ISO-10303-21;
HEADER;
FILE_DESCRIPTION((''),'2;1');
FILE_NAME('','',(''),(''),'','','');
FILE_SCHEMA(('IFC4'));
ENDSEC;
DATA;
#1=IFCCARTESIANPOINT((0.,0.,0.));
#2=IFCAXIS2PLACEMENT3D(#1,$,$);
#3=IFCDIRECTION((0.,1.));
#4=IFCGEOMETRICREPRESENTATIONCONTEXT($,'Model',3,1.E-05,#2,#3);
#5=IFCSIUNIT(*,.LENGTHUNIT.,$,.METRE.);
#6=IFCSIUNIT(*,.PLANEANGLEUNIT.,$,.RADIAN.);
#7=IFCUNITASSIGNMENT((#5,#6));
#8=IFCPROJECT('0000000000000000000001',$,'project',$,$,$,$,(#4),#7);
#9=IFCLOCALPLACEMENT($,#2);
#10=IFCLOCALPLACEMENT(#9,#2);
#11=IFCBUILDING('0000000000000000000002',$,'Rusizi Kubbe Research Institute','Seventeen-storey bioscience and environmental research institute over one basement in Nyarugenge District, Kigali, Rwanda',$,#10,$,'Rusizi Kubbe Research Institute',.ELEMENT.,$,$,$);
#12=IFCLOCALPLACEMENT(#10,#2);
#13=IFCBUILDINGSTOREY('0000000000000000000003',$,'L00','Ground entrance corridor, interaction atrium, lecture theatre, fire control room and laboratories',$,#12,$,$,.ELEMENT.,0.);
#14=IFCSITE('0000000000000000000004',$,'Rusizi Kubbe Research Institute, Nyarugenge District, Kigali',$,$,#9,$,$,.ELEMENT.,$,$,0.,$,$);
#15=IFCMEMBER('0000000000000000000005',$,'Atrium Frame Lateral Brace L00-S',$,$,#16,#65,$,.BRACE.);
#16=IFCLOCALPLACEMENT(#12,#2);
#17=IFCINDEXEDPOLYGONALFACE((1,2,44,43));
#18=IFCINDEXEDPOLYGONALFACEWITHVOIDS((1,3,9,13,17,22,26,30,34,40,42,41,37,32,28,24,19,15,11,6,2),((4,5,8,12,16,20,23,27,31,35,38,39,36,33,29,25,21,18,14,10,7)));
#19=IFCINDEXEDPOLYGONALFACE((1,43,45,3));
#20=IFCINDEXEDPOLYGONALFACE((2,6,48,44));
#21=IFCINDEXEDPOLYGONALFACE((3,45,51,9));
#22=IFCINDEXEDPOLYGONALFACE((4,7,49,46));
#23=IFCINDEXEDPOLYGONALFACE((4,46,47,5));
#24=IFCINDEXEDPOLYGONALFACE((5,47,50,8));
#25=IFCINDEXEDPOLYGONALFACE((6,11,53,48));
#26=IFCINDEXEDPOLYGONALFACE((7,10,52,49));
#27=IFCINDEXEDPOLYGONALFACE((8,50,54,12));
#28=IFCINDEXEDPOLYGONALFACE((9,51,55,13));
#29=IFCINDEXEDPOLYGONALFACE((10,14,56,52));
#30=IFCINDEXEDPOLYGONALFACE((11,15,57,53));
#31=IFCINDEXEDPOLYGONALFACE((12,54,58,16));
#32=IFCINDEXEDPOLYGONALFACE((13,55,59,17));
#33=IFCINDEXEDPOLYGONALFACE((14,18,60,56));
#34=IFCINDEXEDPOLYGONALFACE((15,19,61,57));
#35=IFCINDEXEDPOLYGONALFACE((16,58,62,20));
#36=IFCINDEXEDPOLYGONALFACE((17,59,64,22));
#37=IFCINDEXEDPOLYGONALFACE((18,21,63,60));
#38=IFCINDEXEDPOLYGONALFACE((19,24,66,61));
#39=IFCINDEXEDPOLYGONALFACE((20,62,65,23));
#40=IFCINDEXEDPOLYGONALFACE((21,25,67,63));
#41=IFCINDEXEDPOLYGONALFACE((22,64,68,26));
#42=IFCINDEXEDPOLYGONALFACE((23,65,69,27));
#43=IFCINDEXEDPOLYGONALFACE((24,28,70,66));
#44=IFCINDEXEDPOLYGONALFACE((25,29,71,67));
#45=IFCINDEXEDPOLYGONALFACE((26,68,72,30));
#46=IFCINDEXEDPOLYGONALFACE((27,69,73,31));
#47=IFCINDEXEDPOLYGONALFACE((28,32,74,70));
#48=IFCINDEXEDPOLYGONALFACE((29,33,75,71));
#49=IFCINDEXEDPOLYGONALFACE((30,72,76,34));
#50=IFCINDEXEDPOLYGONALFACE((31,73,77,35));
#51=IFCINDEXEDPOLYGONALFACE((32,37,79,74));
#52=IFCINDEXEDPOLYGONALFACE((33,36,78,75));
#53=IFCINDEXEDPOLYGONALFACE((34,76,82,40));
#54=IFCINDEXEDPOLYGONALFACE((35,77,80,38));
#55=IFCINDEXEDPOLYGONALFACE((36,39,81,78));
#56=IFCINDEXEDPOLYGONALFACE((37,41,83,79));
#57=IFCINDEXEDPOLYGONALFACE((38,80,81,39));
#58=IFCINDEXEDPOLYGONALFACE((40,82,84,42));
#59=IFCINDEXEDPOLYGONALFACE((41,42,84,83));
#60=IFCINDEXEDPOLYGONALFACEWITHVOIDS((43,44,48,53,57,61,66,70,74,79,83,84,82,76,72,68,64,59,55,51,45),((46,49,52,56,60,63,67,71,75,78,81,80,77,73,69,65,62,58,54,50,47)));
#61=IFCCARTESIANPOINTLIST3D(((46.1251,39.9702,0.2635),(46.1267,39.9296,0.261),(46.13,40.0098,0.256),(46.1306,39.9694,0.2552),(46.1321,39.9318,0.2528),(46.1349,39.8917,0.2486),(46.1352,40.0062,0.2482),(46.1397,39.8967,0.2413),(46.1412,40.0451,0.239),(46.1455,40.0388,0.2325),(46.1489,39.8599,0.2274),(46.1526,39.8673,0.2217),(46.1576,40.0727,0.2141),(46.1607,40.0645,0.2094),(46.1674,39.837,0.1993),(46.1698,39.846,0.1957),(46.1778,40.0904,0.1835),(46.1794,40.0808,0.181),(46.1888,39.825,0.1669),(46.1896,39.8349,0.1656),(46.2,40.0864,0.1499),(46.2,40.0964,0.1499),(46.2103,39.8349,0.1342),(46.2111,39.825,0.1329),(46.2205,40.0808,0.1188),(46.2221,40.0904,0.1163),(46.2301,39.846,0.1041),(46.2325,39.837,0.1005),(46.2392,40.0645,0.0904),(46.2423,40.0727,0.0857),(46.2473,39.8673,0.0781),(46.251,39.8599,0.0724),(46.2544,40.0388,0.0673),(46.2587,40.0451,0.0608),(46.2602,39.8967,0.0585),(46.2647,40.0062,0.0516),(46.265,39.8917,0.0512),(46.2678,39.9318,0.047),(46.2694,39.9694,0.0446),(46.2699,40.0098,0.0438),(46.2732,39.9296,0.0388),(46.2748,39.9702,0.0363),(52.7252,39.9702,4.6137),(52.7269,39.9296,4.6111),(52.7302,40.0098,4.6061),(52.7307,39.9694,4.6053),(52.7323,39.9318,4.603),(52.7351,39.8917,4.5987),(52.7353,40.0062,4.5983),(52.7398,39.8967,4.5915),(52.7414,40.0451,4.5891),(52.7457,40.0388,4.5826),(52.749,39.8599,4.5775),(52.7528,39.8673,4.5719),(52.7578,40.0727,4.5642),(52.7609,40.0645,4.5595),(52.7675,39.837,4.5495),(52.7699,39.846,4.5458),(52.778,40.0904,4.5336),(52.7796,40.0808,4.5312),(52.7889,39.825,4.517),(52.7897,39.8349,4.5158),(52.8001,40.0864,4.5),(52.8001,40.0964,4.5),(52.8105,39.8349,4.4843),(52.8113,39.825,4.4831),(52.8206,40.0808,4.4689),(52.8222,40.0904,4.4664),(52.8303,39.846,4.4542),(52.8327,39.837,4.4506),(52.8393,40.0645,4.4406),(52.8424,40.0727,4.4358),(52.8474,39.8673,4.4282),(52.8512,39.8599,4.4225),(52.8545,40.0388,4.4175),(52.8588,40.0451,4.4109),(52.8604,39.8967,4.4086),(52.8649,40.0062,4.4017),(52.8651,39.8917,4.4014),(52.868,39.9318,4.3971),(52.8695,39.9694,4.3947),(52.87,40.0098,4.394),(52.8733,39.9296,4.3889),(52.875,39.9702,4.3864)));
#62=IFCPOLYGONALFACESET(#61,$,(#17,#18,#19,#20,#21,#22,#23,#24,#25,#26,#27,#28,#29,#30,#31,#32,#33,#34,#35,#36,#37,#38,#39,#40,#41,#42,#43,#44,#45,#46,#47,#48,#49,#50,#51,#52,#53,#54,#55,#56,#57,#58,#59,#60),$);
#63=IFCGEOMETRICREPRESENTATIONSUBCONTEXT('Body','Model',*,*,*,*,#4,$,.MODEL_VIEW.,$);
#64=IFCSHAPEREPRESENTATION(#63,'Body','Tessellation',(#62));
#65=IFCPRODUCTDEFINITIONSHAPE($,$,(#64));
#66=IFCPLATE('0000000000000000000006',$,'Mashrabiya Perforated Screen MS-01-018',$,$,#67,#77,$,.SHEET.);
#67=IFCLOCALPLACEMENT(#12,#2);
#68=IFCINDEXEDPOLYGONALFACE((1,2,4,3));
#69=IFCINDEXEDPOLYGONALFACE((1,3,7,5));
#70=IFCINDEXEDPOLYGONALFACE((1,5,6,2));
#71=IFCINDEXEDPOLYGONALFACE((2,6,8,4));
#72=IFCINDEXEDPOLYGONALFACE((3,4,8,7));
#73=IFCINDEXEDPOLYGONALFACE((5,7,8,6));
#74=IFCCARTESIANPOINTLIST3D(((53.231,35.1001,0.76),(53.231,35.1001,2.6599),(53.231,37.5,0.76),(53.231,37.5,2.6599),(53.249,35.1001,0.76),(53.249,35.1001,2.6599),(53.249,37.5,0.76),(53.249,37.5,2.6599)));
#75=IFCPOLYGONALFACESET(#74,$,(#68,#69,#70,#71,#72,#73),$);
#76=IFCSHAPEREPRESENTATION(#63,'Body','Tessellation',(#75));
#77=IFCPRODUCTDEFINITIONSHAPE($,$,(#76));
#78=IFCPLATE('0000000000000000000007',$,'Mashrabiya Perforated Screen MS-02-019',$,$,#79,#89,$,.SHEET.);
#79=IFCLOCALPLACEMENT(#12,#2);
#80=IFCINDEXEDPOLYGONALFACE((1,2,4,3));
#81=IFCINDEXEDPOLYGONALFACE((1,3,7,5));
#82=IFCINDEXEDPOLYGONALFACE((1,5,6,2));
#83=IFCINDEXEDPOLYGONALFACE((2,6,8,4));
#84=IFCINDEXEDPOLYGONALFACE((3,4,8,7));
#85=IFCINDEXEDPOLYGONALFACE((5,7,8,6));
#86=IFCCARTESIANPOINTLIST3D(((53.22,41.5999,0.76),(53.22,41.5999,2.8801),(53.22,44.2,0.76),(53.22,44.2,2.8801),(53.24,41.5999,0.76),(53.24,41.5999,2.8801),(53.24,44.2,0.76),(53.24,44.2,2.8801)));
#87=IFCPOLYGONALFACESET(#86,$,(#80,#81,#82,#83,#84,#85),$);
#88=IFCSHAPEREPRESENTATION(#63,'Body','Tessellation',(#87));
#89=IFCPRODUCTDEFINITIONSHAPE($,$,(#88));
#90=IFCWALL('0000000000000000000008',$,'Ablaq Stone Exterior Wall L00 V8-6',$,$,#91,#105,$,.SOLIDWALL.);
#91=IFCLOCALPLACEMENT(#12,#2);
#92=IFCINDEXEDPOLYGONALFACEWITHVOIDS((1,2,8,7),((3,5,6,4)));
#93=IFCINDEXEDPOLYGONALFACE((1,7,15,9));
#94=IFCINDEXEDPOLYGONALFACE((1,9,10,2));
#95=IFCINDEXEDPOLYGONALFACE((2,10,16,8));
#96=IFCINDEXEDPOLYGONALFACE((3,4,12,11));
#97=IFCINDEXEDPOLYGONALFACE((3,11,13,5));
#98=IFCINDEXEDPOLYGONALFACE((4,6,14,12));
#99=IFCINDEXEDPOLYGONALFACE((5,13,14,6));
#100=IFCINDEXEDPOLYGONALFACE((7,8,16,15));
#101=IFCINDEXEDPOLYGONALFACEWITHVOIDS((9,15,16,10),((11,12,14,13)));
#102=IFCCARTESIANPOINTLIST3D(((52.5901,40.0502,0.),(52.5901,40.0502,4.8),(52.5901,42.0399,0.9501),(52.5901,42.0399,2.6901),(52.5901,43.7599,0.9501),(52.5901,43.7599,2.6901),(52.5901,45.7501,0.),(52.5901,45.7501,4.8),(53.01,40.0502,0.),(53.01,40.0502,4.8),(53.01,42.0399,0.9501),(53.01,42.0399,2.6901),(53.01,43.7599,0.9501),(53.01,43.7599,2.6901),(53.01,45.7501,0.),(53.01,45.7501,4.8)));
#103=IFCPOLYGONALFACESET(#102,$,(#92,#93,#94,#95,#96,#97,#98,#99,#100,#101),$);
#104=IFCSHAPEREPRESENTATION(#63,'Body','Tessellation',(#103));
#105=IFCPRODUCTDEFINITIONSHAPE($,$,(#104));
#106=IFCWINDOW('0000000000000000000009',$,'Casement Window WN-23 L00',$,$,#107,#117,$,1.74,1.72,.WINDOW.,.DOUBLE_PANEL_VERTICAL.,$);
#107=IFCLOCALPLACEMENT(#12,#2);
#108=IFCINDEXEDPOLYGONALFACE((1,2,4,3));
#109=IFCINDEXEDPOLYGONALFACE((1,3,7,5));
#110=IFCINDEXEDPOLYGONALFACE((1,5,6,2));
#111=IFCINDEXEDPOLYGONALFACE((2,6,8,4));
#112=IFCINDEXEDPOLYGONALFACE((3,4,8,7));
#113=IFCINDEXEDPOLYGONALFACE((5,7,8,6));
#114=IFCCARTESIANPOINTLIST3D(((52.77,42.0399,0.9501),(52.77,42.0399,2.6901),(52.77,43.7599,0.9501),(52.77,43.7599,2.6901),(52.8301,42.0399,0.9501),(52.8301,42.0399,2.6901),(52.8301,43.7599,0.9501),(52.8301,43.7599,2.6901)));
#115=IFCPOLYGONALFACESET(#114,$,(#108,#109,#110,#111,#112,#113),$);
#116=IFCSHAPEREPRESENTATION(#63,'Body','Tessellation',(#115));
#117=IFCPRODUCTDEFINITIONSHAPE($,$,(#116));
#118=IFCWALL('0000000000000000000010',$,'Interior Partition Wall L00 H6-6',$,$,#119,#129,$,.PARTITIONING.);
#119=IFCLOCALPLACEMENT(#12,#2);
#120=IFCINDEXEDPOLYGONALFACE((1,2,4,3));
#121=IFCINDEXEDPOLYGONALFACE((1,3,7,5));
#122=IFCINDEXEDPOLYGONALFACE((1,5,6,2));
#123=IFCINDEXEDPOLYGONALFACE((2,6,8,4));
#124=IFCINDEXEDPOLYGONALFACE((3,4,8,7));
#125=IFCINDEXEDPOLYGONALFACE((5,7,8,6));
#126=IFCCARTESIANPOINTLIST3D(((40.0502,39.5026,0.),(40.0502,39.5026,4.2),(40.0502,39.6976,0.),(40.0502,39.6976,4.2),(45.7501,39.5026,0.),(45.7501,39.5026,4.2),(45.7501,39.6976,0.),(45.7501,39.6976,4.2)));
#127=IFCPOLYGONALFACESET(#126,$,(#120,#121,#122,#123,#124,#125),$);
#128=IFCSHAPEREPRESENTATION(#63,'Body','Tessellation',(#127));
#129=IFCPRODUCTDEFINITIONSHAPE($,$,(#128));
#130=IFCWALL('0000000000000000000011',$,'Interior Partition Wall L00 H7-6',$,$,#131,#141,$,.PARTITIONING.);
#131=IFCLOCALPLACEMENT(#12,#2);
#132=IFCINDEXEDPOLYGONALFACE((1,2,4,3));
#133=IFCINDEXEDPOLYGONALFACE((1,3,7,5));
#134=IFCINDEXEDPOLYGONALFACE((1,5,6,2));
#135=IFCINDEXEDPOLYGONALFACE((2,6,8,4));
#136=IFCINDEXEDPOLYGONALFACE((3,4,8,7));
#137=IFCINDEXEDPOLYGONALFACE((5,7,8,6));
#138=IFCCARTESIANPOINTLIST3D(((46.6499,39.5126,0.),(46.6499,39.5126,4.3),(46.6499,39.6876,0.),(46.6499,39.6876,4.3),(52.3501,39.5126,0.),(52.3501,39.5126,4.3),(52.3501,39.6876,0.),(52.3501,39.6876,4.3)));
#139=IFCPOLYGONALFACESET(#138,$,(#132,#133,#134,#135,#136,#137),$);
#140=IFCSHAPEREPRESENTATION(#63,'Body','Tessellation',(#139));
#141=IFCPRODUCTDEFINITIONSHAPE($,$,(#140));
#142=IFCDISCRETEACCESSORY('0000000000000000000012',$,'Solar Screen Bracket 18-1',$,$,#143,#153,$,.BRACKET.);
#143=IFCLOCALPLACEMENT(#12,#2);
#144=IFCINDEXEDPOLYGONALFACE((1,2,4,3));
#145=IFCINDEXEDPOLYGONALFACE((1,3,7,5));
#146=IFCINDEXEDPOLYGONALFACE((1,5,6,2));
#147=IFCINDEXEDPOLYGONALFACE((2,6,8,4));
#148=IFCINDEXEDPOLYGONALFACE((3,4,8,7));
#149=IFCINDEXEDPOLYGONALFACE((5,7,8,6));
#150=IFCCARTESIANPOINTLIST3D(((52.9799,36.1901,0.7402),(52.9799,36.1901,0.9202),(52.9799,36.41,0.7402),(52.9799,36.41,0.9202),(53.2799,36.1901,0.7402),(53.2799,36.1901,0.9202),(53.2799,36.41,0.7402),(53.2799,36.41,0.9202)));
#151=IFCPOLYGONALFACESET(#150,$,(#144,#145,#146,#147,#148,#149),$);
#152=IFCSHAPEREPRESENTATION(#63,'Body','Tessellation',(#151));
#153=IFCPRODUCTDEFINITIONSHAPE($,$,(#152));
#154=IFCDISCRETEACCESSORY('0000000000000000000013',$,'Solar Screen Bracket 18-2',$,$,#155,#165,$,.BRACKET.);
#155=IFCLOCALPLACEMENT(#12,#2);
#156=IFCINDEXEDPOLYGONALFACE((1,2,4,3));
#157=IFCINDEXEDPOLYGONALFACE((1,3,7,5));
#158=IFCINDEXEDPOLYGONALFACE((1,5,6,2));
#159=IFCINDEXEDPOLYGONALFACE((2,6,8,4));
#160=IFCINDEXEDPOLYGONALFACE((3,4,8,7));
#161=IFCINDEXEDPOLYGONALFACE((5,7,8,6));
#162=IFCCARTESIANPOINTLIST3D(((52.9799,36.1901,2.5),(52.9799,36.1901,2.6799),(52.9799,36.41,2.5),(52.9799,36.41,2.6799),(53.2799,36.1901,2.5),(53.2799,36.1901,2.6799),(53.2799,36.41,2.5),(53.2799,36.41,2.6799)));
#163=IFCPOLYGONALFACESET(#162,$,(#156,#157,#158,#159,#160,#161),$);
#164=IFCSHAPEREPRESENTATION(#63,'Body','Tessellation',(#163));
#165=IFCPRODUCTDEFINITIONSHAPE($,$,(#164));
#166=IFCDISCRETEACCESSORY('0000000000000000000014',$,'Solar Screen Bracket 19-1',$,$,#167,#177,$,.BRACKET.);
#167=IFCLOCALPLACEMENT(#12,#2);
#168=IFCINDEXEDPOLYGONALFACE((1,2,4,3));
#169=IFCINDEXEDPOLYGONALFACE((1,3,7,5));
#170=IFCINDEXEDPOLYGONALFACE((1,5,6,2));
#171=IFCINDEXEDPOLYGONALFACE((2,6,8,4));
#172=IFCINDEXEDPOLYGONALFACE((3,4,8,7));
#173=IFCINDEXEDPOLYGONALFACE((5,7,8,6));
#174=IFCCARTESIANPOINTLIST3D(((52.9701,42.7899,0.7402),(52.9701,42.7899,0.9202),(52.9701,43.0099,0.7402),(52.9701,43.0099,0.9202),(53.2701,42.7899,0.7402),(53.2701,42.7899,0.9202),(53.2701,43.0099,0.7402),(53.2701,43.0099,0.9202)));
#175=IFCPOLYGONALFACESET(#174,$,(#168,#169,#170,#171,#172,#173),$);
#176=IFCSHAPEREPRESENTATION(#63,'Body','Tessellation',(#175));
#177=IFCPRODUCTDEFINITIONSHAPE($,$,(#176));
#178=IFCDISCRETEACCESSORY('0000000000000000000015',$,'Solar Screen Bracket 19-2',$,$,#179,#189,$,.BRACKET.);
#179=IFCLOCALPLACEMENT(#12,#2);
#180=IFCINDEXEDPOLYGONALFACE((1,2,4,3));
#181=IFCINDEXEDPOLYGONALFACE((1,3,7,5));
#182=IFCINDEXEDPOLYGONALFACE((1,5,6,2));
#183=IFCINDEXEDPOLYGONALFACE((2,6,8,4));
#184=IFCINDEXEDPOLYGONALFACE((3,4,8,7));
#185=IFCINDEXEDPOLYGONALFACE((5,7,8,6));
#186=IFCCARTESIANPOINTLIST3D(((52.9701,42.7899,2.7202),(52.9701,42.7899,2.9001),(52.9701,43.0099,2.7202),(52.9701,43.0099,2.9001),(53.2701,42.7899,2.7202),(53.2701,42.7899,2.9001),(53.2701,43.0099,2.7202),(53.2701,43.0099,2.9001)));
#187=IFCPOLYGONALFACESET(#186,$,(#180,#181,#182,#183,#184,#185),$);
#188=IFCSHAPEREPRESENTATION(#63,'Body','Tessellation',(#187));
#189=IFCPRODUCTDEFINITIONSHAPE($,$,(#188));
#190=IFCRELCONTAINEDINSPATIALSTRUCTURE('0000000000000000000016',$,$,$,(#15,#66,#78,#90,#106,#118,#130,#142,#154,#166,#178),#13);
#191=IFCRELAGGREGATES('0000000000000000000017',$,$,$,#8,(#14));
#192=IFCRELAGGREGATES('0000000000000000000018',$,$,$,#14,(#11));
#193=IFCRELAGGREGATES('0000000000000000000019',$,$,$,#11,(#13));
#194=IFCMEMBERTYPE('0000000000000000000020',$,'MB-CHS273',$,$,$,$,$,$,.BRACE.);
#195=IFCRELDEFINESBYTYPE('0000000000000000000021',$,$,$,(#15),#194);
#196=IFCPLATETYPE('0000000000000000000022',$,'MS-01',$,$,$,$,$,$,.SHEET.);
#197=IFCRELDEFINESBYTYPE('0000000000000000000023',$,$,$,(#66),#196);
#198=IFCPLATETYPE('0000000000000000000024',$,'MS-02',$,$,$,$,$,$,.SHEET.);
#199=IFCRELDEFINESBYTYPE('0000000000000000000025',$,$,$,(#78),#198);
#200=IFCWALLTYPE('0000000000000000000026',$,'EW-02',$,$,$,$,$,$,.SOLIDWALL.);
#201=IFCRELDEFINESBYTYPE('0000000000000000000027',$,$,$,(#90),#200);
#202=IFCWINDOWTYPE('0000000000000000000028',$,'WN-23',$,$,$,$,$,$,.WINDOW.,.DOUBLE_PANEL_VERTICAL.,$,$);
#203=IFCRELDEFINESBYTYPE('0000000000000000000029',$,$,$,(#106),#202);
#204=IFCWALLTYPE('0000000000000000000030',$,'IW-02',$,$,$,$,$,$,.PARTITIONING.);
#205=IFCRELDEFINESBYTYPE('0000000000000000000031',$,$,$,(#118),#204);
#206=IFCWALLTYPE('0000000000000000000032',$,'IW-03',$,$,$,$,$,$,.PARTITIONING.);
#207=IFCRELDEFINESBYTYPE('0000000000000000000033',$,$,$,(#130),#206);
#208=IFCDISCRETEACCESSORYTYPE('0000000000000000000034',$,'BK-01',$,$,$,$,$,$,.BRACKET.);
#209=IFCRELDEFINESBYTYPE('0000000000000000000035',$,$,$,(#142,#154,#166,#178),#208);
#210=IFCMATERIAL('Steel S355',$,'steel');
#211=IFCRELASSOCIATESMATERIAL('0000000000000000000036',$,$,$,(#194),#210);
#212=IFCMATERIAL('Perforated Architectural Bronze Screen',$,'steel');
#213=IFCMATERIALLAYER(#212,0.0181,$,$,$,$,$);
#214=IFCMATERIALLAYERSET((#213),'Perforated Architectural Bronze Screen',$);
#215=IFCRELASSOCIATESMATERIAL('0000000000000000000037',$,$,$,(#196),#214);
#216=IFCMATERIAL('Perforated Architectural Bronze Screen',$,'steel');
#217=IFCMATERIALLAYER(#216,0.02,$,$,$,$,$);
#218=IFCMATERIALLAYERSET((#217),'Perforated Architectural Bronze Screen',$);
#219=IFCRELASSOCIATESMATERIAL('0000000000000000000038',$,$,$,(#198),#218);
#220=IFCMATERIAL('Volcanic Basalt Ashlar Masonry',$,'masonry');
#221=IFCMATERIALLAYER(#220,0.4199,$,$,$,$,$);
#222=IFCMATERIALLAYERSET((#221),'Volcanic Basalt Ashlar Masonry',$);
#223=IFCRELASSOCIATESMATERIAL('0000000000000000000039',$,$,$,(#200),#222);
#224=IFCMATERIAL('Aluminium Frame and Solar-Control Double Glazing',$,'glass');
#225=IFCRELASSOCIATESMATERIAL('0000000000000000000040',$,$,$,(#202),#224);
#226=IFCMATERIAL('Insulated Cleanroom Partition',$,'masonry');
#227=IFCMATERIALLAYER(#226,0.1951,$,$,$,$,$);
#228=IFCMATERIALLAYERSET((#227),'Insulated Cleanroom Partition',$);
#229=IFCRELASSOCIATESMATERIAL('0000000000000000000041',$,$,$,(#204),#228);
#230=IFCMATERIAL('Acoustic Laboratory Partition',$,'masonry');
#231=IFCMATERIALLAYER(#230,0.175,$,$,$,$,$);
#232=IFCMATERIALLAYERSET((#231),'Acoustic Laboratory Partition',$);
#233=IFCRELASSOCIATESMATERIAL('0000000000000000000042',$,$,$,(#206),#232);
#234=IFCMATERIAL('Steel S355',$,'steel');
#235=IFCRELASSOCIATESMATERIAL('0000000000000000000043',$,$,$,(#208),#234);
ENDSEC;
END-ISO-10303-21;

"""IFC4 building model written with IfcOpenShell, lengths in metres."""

from ifc_helpers import new_model, si_unit, direction, frame, frame_2d, origin, origin_2d, place, context, subcontext, project, spatial, rectangle, hollow_circle, extrude, material, layer, layer_set, material_profile, profile_set, type_object, element, fill, save


model = new_model("IFC4")

# Units and contexts
model_context = context("Model", 3, precision=1e-05, world=origin(), true_north=direction((0.0, 1.0)))
body_context = subcontext(model_context, "Body", "Model", "MODEL_VIEW")
ifc_project = project(units=[si_unit("LENGTHUNIT", "METRE"), si_unit("PLANEANGLEUNIT", "RADIAN")], contexts=[model_context])

# Site, building, storey
site_placement = place(None, origin())
site = spatial("IfcSite", under=ifc_project, at=site_placement, Name="Rusizi Kubbe Research Institute, Nyarugenge District, Kigali", CompositionType="ELEMENT", RefElevation=0.0)
building_placement = place(site_placement, origin())
building = spatial("IfcBuilding", under=site, at=building_placement, Name="Rusizi Kubbe Research Institute", Description="Seventeen-storey bioscience and environmental research institute over one basement in Nyarugenge District, Kigali, Rwanda", LongName="Rusizi Kubbe Research Institute", CompositionType="ELEMENT")
storey_placement = place(building_placement, origin())
storey = spatial("IfcBuildingStorey", under=building, at=storey_placement, Name="L00", Description="Ground entrance corridor, interaction atrium, lecture theatre, fire control room and laboratories", CompositionType="ELEMENT", Elevation=0.0)

# Member
ifc_material_1 = material(Name="Steel S355", Category="steel")
ifc_material_profile_1 = material_profile(ifc_material_1, hollow_circle(Radius=0.1365, WallThickness=0.01, at=origin_2d()), Name="CHS 273.0x10.0")
ifc_profile_set_1 = profile_set([ifc_material_profile_1], Name="Steel S355")
member_type = type_object("IfcMemberType", Name="MB-CHS273", PredefinedType="BRACE", material=ifc_profile_set_1)
member_1_placement = place(storey_placement, frame((46.2, 39.96, 0.1499), z_axis=(0.834956, 0.0, 0.550316), x_axis=(0.0, 1.0, 0.0)))
element("IfcMember", 1, at=member_1_placement, inside=storey, type_object=member_type, Name="Atrium Frame Lateral Brace L00-S", PredefinedType="BRACE", context=body_context, shape_type="SweptSolid", body=[
    extrude(hollow_circle(Radius=0.1365, WallThickness=0.01, at=origin_2d()), origin(), (0.0, 0.0, 1.0), 7.9048),
])

# Plates
ifc_material_2 = material(Name="Perforated Architectural Bronze Screen", Category="steel")
ifc_layer_1 = layer(ifc_material_2, 0.0181)
ifc_layer_set_1 = layer_set([ifc_layer_1], Name="Perforated Architectural Bronze Screen")
plate_type_1 = type_object("IfcPlateType", Name="MS-01", PredefinedType="SHEET", material=ifc_layer_set_1)
plate_1_placement = place(storey_placement, frame((53.24, 36.3, 0.76), z_axis=(0.0, 0.0, 1.0), x_axis=(0.0, 1.0, 0.0)))
element("IfcPlate", 2, at=plate_1_placement, inside=storey, type_object=plate_type_1, Name="Mashrabiya Perforated Screen MS-01-018", PredefinedType="SHEET", context=body_context, shape_type="SweptSolid", body=[
    extrude(rectangle(XDim=2.3999, YDim=0.0181, at=origin_2d()), origin(), (0.0, 0.0, 1.0), 1.8999),
])
ifc_material_3 = material(Name="Perforated Architectural Bronze Screen", Category="steel")
ifc_layer_2 = layer(ifc_material_3, 0.02)
ifc_layer_set_2 = layer_set([ifc_layer_2], Name="Perforated Architectural Bronze Screen")
plate_type_2 = type_object("IfcPlateType", Name="MS-02", PredefinedType="SHEET", material=ifc_layer_set_2)
plate_2_placement = place(storey_placement, frame((53.23, 42.8999, 0.76), z_axis=(0.0, 0.0, 1.0), x_axis=(0.0, 1.0, 0.0)))
element("IfcPlate", 3, at=plate_2_placement, inside=storey, type_object=plate_type_2, Name="Mashrabiya Perforated Screen MS-02-019", PredefinedType="SHEET", context=body_context, shape_type="SweptSolid", body=[
    extrude(rectangle(XDim=2.6001, YDim=0.02, at=origin_2d()), origin(), (0.0, 0.0, 1.0), 2.1201),
])

# Wall, opening, window
ifc_material_4 = material(Name="Volcanic Basalt Ashlar Masonry", Category="masonry")
ifc_layer_3 = layer(ifc_material_4, 0.4199)
ifc_layer_set_3 = layer_set([ifc_layer_3], Name="Volcanic Basalt Ashlar Masonry")
wall_type_1 = type_object("IfcWallType", Name="EW-02", PredefinedType="SOLIDWALL", material=ifc_layer_set_3)
wall_1_placement = place(storey_placement, frame((52.8, 40.05, 0.0), z_axis=(0.0, 0.0, 1.0), x_axis=(0.0, 1.0, 0.0)))
wall_1 = element("IfcWall", 4, at=wall_1_placement, inside=storey, type_object=wall_type_1, Name="Ablaq Stone Exterior Wall L00 V8-6", PredefinedType="SOLIDWALL", context=body_context, shape_type="SweptSolid", body=[
    extrude(rectangle(XDim=5.7, YDim=0.4199, at=frame_2d((2.8501, 0.0))), origin(), (0.0, 0.0, 1.0), 4.8),
])
opening_placement = place(wall_1_placement, frame((1.99, 0.0, 0.95)))
opening = element("IfcOpeningElement", 5, at=opening_placement, cuts=wall_1, PredefinedType="OPENING", context=body_context, shape_type="SweptSolid", body=[
    extrude(rectangle(XDim=1.72, YDim=1.74, at=frame_2d((0.8599, 0.8701))), frame((0.0, 0.22, 0.0), z_axis=(0.0, -1.0, 0.0), x_axis=(1.0, 0.0, 0.0)), (0.0, 0.0, 1.0), 0.4399),
])
ifc_material_5 = material(Name="Aluminium Frame and Solar-Control Double Glazing", Category="glass")
window_type = type_object("IfcWindowType", Name="WN-23", PartitioningType="DOUBLE_PANEL_VERTICAL", PredefinedType="WINDOW", material=ifc_material_5)
window_placement = place(opening_placement, origin())
window = element("IfcWindow", 6, at=window_placement, inside=storey, type_object=window_type, Name="Casement Window WN-23 L00", OverallHeight=1.74, OverallWidth=1.72, PartitioningType="DOUBLE_PANEL_VERTICAL", PredefinedType="WINDOW", context=body_context, shape_type="SweptSolid", body=[
    extrude(rectangle(XDim=1.72, YDim=1.74, at=frame_2d((0.8599, 0.8701))), frame((0.0, 0.03, 0.0), z_axis=(0.0, -1.0, 0.0), x_axis=(1.0, 0.0, 0.0)), (0.0, 0.0, 1.0), 0.0601),
])
fill(opening, window)

# Walls
ifc_material_6 = material(Name="Insulated Cleanroom Partition", Category="masonry")
ifc_layer_4 = layer(ifc_material_6, 0.1951)
ifc_layer_set_4 = layer_set([ifc_layer_4], Name="Insulated Cleanroom Partition")
wall_type_2 = type_object("IfcWallType", Name="IW-02", PredefinedType="PARTITIONING", material=ifc_layer_set_4)
wall_2_placement = place(storey_placement, frame((40.05, 39.6001, 0.0), z_axis=(0.0, 0.0, 1.0), x_axis=(1.0, 0.0, 0.0)))
element("IfcWall", 7, at=wall_2_placement, inside=storey, type_object=wall_type_2, Name="Interior Partition Wall L00 H6-6", PredefinedType="PARTITIONING", context=body_context, shape_type="SweptSolid", body=[
    extrude(rectangle(XDim=5.7, YDim=0.1951, at=frame_2d((2.8501, 0.0))), origin(), (0.0, 0.0, 1.0), 4.2),
])
ifc_material_7 = material(Name="Acoustic Laboratory Partition", Category="masonry")
ifc_layer_5 = layer(ifc_material_7, 0.175)
ifc_layer_set_5 = layer_set([ifc_layer_5], Name="Acoustic Laboratory Partition")
wall_type_3 = type_object("IfcWallType", Name="IW-03", PredefinedType="PARTITIONING", material=ifc_layer_set_5)
wall_3_placement = place(storey_placement, frame((46.6499, 39.6001, 0.0), z_axis=(0.0, 0.0, 1.0), x_axis=(1.0, 0.0, 0.0)))
element("IfcWall", 8, at=wall_3_placement, inside=storey, type_object=wall_type_3, Name="Interior Partition Wall L00 H7-6", PredefinedType="PARTITIONING", context=body_context, shape_type="SweptSolid", body=[
    extrude(rectangle(XDim=5.7002, YDim=0.175, at=frame_2d((2.8501, 0.0))), origin(), (0.0, 0.0, 1.0), 4.3),
])

# Discrete accessories
ifc_material_8 = material(Name="Steel S355", Category="steel")
discrete_accessory_type = type_object("IfcDiscreteAccessoryType", Name="BK-01", PredefinedType="BRACKET", material=ifc_material_8)
for number, where, z_axis, x_axis, name in (
    (9, (53.1299, 36.3, 0.7402), (0.0, 0.0, 1.0), (1.0, 0.0, 0.0), "Solar Screen Bracket 18-1"),
    (10, (53.1299, 36.3, 2.5), (0.0, 0.0, 1.0), (1.0, 0.0, 0.0), "Solar Screen Bracket 18-2"),
    (11, (53.1201, 42.8999, 0.7402), (0.0, 0.0, 1.0), (1.0, 0.0, 0.0), "Solar Screen Bracket 19-1"),
    (12, (53.1201, 42.8999, 2.7202), (0.0, 0.0, 1.0), (1.0, 0.0, 0.0), "Solar Screen Bracket 19-2"),
):
    element("IfcDiscreteAccessory", number, at=place(storey_placement, frame(where, z_axis=z_axis, x_axis=x_axis)), inside=storey, type_object=discrete_accessory_type, Name=name, PredefinedType="BRACKET", context=body_context, shape_type="SweptSolid", body=[
        extrude(rectangle(XDim=0.3, YDim=0.22, at=origin_2d()), origin(), (0.0, 0.0, 1.0), 0.1799),
    ])

save(model, "model.ifc")
